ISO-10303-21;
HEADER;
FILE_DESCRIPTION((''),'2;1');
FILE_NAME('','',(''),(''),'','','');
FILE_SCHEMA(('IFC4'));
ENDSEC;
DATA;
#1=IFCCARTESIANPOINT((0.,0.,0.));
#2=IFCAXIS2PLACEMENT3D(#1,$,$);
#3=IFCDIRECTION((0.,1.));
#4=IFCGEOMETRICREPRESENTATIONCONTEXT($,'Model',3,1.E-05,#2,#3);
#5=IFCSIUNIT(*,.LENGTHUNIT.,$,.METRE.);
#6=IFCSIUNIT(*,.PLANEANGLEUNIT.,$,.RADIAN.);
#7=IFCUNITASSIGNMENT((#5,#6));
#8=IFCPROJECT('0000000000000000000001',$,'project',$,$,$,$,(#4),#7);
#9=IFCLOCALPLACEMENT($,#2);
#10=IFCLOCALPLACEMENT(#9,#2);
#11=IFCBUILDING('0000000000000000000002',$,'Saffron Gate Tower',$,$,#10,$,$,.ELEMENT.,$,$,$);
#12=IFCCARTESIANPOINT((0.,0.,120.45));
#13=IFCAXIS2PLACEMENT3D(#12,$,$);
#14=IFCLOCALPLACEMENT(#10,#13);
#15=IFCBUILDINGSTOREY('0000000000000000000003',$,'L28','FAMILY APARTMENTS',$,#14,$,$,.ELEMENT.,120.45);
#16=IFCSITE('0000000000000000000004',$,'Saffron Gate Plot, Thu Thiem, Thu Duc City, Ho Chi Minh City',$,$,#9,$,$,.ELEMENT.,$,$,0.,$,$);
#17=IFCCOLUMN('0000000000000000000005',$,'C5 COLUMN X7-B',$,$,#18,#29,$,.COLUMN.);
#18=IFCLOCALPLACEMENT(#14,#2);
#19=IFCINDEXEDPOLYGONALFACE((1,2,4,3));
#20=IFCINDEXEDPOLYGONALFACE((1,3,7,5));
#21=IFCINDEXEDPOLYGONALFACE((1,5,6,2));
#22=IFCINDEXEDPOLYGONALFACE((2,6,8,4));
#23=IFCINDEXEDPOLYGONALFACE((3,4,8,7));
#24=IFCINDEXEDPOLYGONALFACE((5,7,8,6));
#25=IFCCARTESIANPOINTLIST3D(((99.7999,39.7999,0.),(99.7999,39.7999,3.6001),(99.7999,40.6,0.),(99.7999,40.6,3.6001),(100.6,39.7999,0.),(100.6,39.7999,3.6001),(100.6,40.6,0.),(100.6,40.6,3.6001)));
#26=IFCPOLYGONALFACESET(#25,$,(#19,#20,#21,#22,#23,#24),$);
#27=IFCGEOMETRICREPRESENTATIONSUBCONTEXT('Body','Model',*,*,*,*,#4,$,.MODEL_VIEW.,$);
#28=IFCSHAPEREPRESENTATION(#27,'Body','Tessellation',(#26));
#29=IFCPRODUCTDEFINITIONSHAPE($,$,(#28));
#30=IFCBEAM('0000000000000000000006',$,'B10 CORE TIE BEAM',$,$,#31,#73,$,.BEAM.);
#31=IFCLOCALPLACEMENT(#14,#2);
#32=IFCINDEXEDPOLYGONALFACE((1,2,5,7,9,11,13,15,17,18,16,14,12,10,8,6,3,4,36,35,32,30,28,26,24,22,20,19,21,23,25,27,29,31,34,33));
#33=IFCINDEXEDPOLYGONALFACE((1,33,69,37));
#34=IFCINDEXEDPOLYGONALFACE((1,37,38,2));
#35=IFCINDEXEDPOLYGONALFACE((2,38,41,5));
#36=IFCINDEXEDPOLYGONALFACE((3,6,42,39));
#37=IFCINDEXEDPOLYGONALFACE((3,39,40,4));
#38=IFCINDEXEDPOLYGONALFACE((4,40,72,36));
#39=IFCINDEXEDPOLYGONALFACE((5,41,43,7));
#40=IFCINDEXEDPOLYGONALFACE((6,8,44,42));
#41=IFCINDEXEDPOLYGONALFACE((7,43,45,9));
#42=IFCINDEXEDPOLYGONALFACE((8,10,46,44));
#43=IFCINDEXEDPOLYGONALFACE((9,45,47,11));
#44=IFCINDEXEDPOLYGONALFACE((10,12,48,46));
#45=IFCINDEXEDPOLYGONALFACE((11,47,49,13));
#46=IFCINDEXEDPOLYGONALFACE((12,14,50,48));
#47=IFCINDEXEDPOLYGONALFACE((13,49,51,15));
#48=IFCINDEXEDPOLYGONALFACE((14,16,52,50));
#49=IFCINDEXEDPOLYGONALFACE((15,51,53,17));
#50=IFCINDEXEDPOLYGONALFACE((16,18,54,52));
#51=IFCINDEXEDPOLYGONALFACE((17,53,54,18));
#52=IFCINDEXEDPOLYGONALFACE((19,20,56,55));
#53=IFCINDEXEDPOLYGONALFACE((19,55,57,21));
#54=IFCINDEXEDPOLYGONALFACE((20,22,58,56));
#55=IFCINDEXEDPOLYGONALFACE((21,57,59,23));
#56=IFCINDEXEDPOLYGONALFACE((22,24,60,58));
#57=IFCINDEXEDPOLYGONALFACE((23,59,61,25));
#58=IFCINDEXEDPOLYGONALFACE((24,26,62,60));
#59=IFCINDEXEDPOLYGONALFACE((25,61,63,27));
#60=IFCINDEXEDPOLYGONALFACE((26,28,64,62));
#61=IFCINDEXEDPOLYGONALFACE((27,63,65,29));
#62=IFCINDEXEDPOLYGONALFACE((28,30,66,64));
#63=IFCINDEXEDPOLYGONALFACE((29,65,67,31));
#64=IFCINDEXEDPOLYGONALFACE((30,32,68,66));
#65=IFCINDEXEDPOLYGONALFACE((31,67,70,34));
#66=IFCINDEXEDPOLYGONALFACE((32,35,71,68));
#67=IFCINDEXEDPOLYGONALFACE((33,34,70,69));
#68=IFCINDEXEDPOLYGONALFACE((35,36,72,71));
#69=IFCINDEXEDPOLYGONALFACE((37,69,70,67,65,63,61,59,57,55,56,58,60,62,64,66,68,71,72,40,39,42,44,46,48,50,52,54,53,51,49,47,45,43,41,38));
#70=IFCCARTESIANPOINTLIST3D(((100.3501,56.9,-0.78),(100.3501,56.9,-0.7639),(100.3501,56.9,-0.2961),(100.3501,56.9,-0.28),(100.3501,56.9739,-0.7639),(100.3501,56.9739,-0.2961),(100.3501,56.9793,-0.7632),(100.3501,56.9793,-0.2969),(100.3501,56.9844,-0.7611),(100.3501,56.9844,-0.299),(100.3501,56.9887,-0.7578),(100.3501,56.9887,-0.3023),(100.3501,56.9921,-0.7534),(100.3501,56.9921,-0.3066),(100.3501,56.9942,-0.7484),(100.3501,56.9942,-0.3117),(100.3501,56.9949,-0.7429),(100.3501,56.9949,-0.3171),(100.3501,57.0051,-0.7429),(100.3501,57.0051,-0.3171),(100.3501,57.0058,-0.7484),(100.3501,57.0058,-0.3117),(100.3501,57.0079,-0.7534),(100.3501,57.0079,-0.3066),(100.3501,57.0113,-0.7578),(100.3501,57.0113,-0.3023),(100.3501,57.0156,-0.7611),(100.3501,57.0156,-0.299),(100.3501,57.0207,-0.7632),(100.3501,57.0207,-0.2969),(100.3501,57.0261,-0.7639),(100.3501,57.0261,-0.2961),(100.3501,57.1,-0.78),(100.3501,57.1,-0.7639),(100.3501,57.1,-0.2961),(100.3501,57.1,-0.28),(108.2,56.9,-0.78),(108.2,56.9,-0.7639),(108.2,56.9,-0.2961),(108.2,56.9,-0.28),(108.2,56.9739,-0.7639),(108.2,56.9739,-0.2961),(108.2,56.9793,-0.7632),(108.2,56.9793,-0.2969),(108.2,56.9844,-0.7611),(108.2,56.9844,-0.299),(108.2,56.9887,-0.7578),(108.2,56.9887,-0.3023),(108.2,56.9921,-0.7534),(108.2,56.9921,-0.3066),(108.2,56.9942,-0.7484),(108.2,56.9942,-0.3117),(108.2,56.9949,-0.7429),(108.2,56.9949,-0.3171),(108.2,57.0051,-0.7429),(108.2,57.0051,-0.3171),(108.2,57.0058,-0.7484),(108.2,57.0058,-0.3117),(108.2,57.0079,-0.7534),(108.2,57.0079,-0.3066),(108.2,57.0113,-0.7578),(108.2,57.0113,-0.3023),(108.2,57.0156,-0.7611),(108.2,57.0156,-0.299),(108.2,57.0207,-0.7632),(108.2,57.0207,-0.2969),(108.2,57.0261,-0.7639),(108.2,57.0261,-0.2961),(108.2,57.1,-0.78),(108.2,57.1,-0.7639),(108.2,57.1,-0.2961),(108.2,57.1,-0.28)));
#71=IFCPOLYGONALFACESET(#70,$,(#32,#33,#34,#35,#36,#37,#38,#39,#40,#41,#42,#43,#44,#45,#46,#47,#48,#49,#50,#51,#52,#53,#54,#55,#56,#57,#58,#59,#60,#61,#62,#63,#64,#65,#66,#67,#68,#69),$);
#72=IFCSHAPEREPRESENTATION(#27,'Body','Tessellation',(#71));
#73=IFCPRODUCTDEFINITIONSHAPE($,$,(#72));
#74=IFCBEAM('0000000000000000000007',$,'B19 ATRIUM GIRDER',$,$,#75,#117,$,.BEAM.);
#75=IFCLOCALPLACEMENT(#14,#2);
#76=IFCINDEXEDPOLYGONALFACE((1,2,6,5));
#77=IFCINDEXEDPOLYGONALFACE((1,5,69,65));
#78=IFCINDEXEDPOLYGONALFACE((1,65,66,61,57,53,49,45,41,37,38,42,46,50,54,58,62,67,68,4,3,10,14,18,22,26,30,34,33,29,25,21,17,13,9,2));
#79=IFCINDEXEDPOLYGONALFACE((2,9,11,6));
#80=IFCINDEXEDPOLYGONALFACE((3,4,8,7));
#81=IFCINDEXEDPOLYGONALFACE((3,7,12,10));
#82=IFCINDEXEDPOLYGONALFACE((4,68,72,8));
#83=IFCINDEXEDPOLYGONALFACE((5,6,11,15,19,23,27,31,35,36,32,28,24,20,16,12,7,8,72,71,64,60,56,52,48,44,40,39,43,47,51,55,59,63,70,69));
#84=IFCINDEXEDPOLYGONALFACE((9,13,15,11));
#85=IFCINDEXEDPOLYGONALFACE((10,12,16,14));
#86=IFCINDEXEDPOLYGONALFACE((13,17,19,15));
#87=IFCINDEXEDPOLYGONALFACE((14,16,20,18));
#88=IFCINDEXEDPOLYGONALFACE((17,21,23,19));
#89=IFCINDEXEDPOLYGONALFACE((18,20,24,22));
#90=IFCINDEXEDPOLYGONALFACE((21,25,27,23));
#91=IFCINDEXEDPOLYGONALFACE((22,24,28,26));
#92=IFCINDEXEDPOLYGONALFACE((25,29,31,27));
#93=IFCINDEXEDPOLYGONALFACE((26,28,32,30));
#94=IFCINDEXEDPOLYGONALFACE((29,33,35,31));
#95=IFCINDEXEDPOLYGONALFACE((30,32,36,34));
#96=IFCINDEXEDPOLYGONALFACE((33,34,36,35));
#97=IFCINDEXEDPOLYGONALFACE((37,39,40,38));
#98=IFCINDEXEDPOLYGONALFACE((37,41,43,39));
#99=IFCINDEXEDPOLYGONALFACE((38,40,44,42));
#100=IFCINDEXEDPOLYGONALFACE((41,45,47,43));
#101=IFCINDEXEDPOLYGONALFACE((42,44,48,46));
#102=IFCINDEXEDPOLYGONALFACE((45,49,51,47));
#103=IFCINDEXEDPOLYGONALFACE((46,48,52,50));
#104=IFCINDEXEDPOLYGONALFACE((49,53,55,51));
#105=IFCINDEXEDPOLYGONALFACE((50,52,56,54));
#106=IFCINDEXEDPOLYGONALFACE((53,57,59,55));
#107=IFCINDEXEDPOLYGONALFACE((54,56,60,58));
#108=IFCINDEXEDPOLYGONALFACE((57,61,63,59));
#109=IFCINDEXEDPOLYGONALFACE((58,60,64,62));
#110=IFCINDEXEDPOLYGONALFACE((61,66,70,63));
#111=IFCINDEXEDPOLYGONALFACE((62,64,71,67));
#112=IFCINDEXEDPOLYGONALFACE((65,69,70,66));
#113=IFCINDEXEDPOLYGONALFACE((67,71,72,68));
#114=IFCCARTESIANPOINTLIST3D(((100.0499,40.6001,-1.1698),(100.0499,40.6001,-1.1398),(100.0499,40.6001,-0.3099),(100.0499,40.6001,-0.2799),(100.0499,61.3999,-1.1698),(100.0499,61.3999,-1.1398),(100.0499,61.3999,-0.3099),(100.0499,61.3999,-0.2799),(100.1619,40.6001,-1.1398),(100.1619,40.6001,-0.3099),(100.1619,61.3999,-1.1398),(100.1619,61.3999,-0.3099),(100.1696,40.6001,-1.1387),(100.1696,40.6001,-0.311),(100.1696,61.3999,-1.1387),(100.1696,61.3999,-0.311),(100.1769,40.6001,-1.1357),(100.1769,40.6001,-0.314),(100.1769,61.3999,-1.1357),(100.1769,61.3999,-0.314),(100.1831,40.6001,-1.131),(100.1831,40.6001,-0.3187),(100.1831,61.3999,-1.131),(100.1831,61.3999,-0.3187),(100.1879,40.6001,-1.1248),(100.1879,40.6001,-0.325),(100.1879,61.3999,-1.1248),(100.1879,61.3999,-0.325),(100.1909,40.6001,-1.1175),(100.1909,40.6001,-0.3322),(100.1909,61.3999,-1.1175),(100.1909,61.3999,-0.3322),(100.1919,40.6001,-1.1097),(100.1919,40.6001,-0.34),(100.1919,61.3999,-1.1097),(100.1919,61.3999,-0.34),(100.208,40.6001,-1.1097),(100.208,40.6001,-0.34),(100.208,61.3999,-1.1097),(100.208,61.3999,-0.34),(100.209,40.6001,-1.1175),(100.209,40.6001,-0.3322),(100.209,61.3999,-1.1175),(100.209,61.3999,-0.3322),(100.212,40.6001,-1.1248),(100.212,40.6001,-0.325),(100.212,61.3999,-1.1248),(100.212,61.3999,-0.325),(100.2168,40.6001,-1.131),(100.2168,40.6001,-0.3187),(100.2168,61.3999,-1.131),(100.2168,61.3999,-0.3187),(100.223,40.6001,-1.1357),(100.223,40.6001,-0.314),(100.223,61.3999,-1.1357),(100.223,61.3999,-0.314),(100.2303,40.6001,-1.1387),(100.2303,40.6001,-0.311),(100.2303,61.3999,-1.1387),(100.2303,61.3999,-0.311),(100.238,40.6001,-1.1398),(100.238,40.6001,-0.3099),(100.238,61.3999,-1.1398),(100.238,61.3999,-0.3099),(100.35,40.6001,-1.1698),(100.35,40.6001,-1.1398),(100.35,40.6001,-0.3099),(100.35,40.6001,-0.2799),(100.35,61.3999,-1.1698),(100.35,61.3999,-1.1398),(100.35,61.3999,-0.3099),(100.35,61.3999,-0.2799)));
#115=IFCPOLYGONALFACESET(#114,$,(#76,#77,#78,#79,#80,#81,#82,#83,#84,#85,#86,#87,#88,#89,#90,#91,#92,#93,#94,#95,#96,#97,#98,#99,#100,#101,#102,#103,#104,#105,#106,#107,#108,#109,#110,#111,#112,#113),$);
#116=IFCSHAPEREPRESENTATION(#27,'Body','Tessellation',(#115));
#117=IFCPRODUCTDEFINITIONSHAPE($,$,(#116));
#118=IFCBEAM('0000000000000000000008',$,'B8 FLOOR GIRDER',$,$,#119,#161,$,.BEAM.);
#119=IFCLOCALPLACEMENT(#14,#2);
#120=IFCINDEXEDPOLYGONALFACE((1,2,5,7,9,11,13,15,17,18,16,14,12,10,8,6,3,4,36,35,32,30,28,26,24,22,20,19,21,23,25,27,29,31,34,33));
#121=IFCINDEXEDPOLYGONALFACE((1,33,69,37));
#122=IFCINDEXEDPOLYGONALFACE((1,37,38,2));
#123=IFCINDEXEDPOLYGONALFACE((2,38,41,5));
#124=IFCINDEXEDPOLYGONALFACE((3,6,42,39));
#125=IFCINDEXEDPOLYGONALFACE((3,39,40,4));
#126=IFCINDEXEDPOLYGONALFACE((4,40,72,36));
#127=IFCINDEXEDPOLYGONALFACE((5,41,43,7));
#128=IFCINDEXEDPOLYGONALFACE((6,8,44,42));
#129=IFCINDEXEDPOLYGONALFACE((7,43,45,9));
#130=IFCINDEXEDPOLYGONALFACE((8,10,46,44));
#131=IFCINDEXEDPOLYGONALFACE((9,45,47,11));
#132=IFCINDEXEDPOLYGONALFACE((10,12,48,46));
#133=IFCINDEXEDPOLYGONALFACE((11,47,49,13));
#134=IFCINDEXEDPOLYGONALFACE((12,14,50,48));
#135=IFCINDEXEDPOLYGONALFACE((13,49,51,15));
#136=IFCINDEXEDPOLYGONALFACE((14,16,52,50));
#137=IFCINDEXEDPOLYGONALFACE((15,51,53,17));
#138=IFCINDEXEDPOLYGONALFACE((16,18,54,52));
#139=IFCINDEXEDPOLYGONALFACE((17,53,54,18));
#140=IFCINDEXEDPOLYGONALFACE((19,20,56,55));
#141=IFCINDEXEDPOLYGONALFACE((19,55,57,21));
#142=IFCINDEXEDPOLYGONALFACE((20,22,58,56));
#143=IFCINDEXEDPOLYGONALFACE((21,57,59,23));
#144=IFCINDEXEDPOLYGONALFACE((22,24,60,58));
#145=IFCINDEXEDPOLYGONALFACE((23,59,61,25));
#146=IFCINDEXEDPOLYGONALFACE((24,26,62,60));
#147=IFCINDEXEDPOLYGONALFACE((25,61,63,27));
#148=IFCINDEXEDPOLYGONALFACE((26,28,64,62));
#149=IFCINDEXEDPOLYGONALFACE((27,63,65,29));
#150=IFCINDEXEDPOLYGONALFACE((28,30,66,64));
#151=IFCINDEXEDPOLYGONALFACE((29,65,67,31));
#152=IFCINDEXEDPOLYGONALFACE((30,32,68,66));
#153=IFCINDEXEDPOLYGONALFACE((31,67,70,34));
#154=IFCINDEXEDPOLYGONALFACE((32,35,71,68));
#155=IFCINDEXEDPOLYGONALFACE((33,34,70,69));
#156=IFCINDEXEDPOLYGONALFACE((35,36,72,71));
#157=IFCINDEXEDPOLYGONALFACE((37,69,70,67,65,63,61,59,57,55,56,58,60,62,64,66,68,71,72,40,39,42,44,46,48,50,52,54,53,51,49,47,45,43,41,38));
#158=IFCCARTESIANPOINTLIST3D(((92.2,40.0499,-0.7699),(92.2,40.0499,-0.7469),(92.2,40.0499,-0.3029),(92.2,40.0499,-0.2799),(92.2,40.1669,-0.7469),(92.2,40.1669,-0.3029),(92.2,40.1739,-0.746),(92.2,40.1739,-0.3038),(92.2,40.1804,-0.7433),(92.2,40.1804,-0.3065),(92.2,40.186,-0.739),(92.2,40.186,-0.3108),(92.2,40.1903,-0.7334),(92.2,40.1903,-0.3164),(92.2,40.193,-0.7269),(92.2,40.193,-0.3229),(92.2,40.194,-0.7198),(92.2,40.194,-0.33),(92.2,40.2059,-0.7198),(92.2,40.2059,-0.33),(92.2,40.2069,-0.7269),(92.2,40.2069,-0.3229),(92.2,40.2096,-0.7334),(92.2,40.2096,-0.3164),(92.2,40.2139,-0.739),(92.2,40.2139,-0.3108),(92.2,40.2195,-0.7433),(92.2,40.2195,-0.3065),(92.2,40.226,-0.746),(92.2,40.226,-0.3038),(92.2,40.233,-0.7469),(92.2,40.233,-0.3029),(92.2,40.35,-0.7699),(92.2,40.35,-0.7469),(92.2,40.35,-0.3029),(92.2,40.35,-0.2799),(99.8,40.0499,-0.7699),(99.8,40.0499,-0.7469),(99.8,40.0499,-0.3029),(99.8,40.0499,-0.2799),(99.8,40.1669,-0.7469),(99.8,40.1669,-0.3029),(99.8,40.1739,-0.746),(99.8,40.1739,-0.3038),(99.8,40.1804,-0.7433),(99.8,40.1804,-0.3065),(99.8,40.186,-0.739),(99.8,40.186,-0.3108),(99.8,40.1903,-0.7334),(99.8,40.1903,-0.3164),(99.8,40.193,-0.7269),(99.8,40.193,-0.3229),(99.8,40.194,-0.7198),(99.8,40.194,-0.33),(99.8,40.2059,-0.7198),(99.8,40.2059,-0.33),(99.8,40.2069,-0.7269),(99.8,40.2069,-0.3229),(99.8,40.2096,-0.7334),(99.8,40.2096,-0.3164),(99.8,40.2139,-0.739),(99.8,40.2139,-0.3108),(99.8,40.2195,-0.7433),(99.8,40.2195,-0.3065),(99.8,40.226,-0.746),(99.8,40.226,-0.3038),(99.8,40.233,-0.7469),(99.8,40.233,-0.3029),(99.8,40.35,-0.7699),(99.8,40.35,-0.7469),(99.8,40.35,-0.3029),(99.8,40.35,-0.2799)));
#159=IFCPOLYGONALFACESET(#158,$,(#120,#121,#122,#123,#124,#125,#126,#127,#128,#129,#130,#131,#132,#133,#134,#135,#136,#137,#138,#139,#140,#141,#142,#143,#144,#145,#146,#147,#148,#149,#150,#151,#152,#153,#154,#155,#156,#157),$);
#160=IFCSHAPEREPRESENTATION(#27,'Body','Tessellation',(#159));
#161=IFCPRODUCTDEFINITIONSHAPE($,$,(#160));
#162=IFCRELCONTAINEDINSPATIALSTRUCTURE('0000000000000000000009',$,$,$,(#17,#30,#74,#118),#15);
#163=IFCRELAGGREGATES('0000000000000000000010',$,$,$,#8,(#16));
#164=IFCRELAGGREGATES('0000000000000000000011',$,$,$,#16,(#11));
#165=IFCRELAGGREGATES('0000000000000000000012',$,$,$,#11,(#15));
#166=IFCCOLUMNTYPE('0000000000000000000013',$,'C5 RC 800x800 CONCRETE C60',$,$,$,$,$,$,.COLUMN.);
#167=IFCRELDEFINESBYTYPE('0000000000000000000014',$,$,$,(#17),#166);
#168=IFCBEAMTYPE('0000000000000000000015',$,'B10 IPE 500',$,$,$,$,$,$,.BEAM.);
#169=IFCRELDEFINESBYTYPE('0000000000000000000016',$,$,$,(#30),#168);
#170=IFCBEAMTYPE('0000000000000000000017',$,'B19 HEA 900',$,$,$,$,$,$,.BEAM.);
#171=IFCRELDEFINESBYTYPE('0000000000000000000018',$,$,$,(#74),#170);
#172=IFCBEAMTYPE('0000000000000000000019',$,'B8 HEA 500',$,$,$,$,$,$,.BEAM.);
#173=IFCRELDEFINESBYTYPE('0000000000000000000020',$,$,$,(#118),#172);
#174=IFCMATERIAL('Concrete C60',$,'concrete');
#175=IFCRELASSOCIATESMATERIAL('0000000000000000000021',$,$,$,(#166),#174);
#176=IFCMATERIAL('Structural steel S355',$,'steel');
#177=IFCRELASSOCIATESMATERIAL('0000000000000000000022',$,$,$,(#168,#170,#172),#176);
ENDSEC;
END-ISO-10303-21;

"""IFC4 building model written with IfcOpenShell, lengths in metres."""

from ifc_helpers import new_model, si_unit, direction, frame, origin, origin_2d, place, context, subcontext, project, spatial, rectangle, i_section, extrude, material, material_profile, profile_set, type_object, element, save


model = new_model("IFC4")

# Units and contexts
model_context = context("Model", 3, precision=1e-05, world=origin(), true_north=direction((0.0, 1.0)))
body_context = subcontext(model_context, "Body", "Model", "MODEL_VIEW")
ifc_project = project(units=[si_unit("LENGTHUNIT", "METRE"), si_unit("PLANEANGLEUNIT", "RADIAN")], contexts=[model_context])

# Site, building, storey
site_placement = place(None, origin())
site = spatial("IfcSite", under=ifc_project, at=site_placement, Name="Saffron Gate Plot, Thu Thiem, Thu Duc City, Ho Chi Minh City", CompositionType="ELEMENT", RefElevation=0.0)
building_placement = place(site_placement, origin())
building = spatial("IfcBuilding", under=site, at=building_placement, Name="Saffron Gate Tower", CompositionType="ELEMENT")
storey_placement = place(building_placement, frame((0.0, 0.0, 120.45)))
storey = spatial("IfcBuildingStorey", under=building, at=storey_placement, Name="L28", Description="FAMILY APARTMENTS", CompositionType="ELEMENT", Elevation=120.45)

# Column
ifc_material_1 = material(Name="Concrete C60", Category="concrete")
ifc_material_profile_1 = material_profile(ifc_material_1, rectangle(XDim=0.8, YDim=0.8, at=origin_2d()))
ifc_profile_set_1 = profile_set([ifc_material_profile_1], Name="Concrete C60")
column_type = type_object("IfcColumnType", Name="C5 RC 800x800 CONCRETE C60", PredefinedType="COLUMN", material=ifc_profile_set_1)
column_placement = place(storey_placement, frame((100.2, 40.2, 0.0), z_axis=(0.0, 0.0, 1.0), x_axis=(1.0, 0.0, 0.0)))
element("IfcColumn", 1, at=column_placement, inside=storey, type_object=column_type, Name="C5 COLUMN X7-B", PredefinedType="COLUMN", context=body_context, shape_type="SweptSolid", body=[
    extrude(rectangle(XDim=0.8, YDim=0.8, at=origin_2d()), origin(), (0.0, 0.0, 1.0), 3.6001),
])

# Beams
ifc_material_2 = material(Name="Structural steel S355", Category="steel")
ifc_material_profile_2 = material_profile(ifc_material_2, i_section(OverallWidth=0.2, OverallDepth=0.5, WebThickness=0.0103, FlangeThickness=0.0161, FilletRadius=0.021, at=origin_2d()))
ifc_profile_set_2 = profile_set([ifc_material_profile_2], Name="Structural steel S355")
beam_type_1 = type_object("IfcBeamType", Name="B10 IPE 500", PredefinedType="BEAM", material=ifc_profile_set_2)
beam_1_placement = place(storey_placement, frame((108.2, 57.0, -0.53), z_axis=(-1.0, 0.0, 0.0), x_axis=(0.0, -1.0, 0.0)))
element("IfcBeam", 2, at=beam_1_placement, inside=storey, type_object=beam_type_1, Name="B10 CORE TIE BEAM", PredefinedType="BEAM", context=body_context, shape_type="SweptSolid", body=[
    extrude(i_section(OverallWidth=0.2, OverallDepth=0.5, WebThickness=0.0103, FlangeThickness=0.0161, FilletRadius=0.021, at=origin_2d()), origin(), (0.0, 0.0, 1.0), 7.8499),
])
ifc_material_profile_3 = material_profile(ifc_material_2, i_section(OverallWidth=0.3, OverallDepth=0.8899, WebThickness=0.0161, FlangeThickness=0.03, FilletRadius=0.03, at=origin_2d()))
ifc_profile_set_3 = profile_set([ifc_material_profile_3], Name="Structural steel S355")
beam_type_2 = type_object("IfcBeamType", Name="B19 HEA 900", PredefinedType="BEAM", material=ifc_profile_set_3)
beam_2_placement = place(storey_placement, frame((100.2, 40.6001, -0.7249), z_axis=(0.0, 1.0, 0.0), x_axis=(-1.0, 0.0, 0.0)))
element("IfcBeam", 3, at=beam_2_placement, inside=storey, type_object=beam_type_2, Name="B19 ATRIUM GIRDER", PredefinedType="BEAM", context=body_context, shape_type="SweptSolid", body=[
    extrude(i_section(OverallWidth=0.3, OverallDepth=0.8899, WebThickness=0.0161, FlangeThickness=0.03, FilletRadius=0.03, at=origin_2d()), origin(), (0.0, 0.0, 1.0), 20.7998),
])
ifc_material_profile_4 = material_profile(ifc_material_2, i_section(OverallWidth=0.3, OverallDepth=0.49, WebThickness=0.012, FlangeThickness=0.0229, FilletRadius=0.0271, at=origin_2d()))
ifc_profile_set_4 = profile_set([ifc_material_profile_4], Name="Structural steel S355")
beam_type_3 = type_object("IfcBeamType", Name="B8 HEA 500", PredefinedType="BEAM", material=ifc_profile_set_4)
beam_3_placement = place(storey_placement, frame((92.2, 40.2, -0.5249), z_axis=(1.0, 0.0, 0.0), x_axis=(0.0, 1.0, 0.0)))
element("IfcBeam", 4, at=beam_3_placement, inside=storey, type_object=beam_type_3, Name="B8 FLOOR GIRDER", PredefinedType="BEAM", context=body_context, shape_type="SweptSolid", body=[
    extrude(i_section(OverallWidth=0.3, OverallDepth=0.49, WebThickness=0.012, FlangeThickness=0.0229, FilletRadius=0.0271, at=origin_2d()), origin(), (0.0, 0.0, 1.0), 7.6001),
])

save(model, "model.ifc")
